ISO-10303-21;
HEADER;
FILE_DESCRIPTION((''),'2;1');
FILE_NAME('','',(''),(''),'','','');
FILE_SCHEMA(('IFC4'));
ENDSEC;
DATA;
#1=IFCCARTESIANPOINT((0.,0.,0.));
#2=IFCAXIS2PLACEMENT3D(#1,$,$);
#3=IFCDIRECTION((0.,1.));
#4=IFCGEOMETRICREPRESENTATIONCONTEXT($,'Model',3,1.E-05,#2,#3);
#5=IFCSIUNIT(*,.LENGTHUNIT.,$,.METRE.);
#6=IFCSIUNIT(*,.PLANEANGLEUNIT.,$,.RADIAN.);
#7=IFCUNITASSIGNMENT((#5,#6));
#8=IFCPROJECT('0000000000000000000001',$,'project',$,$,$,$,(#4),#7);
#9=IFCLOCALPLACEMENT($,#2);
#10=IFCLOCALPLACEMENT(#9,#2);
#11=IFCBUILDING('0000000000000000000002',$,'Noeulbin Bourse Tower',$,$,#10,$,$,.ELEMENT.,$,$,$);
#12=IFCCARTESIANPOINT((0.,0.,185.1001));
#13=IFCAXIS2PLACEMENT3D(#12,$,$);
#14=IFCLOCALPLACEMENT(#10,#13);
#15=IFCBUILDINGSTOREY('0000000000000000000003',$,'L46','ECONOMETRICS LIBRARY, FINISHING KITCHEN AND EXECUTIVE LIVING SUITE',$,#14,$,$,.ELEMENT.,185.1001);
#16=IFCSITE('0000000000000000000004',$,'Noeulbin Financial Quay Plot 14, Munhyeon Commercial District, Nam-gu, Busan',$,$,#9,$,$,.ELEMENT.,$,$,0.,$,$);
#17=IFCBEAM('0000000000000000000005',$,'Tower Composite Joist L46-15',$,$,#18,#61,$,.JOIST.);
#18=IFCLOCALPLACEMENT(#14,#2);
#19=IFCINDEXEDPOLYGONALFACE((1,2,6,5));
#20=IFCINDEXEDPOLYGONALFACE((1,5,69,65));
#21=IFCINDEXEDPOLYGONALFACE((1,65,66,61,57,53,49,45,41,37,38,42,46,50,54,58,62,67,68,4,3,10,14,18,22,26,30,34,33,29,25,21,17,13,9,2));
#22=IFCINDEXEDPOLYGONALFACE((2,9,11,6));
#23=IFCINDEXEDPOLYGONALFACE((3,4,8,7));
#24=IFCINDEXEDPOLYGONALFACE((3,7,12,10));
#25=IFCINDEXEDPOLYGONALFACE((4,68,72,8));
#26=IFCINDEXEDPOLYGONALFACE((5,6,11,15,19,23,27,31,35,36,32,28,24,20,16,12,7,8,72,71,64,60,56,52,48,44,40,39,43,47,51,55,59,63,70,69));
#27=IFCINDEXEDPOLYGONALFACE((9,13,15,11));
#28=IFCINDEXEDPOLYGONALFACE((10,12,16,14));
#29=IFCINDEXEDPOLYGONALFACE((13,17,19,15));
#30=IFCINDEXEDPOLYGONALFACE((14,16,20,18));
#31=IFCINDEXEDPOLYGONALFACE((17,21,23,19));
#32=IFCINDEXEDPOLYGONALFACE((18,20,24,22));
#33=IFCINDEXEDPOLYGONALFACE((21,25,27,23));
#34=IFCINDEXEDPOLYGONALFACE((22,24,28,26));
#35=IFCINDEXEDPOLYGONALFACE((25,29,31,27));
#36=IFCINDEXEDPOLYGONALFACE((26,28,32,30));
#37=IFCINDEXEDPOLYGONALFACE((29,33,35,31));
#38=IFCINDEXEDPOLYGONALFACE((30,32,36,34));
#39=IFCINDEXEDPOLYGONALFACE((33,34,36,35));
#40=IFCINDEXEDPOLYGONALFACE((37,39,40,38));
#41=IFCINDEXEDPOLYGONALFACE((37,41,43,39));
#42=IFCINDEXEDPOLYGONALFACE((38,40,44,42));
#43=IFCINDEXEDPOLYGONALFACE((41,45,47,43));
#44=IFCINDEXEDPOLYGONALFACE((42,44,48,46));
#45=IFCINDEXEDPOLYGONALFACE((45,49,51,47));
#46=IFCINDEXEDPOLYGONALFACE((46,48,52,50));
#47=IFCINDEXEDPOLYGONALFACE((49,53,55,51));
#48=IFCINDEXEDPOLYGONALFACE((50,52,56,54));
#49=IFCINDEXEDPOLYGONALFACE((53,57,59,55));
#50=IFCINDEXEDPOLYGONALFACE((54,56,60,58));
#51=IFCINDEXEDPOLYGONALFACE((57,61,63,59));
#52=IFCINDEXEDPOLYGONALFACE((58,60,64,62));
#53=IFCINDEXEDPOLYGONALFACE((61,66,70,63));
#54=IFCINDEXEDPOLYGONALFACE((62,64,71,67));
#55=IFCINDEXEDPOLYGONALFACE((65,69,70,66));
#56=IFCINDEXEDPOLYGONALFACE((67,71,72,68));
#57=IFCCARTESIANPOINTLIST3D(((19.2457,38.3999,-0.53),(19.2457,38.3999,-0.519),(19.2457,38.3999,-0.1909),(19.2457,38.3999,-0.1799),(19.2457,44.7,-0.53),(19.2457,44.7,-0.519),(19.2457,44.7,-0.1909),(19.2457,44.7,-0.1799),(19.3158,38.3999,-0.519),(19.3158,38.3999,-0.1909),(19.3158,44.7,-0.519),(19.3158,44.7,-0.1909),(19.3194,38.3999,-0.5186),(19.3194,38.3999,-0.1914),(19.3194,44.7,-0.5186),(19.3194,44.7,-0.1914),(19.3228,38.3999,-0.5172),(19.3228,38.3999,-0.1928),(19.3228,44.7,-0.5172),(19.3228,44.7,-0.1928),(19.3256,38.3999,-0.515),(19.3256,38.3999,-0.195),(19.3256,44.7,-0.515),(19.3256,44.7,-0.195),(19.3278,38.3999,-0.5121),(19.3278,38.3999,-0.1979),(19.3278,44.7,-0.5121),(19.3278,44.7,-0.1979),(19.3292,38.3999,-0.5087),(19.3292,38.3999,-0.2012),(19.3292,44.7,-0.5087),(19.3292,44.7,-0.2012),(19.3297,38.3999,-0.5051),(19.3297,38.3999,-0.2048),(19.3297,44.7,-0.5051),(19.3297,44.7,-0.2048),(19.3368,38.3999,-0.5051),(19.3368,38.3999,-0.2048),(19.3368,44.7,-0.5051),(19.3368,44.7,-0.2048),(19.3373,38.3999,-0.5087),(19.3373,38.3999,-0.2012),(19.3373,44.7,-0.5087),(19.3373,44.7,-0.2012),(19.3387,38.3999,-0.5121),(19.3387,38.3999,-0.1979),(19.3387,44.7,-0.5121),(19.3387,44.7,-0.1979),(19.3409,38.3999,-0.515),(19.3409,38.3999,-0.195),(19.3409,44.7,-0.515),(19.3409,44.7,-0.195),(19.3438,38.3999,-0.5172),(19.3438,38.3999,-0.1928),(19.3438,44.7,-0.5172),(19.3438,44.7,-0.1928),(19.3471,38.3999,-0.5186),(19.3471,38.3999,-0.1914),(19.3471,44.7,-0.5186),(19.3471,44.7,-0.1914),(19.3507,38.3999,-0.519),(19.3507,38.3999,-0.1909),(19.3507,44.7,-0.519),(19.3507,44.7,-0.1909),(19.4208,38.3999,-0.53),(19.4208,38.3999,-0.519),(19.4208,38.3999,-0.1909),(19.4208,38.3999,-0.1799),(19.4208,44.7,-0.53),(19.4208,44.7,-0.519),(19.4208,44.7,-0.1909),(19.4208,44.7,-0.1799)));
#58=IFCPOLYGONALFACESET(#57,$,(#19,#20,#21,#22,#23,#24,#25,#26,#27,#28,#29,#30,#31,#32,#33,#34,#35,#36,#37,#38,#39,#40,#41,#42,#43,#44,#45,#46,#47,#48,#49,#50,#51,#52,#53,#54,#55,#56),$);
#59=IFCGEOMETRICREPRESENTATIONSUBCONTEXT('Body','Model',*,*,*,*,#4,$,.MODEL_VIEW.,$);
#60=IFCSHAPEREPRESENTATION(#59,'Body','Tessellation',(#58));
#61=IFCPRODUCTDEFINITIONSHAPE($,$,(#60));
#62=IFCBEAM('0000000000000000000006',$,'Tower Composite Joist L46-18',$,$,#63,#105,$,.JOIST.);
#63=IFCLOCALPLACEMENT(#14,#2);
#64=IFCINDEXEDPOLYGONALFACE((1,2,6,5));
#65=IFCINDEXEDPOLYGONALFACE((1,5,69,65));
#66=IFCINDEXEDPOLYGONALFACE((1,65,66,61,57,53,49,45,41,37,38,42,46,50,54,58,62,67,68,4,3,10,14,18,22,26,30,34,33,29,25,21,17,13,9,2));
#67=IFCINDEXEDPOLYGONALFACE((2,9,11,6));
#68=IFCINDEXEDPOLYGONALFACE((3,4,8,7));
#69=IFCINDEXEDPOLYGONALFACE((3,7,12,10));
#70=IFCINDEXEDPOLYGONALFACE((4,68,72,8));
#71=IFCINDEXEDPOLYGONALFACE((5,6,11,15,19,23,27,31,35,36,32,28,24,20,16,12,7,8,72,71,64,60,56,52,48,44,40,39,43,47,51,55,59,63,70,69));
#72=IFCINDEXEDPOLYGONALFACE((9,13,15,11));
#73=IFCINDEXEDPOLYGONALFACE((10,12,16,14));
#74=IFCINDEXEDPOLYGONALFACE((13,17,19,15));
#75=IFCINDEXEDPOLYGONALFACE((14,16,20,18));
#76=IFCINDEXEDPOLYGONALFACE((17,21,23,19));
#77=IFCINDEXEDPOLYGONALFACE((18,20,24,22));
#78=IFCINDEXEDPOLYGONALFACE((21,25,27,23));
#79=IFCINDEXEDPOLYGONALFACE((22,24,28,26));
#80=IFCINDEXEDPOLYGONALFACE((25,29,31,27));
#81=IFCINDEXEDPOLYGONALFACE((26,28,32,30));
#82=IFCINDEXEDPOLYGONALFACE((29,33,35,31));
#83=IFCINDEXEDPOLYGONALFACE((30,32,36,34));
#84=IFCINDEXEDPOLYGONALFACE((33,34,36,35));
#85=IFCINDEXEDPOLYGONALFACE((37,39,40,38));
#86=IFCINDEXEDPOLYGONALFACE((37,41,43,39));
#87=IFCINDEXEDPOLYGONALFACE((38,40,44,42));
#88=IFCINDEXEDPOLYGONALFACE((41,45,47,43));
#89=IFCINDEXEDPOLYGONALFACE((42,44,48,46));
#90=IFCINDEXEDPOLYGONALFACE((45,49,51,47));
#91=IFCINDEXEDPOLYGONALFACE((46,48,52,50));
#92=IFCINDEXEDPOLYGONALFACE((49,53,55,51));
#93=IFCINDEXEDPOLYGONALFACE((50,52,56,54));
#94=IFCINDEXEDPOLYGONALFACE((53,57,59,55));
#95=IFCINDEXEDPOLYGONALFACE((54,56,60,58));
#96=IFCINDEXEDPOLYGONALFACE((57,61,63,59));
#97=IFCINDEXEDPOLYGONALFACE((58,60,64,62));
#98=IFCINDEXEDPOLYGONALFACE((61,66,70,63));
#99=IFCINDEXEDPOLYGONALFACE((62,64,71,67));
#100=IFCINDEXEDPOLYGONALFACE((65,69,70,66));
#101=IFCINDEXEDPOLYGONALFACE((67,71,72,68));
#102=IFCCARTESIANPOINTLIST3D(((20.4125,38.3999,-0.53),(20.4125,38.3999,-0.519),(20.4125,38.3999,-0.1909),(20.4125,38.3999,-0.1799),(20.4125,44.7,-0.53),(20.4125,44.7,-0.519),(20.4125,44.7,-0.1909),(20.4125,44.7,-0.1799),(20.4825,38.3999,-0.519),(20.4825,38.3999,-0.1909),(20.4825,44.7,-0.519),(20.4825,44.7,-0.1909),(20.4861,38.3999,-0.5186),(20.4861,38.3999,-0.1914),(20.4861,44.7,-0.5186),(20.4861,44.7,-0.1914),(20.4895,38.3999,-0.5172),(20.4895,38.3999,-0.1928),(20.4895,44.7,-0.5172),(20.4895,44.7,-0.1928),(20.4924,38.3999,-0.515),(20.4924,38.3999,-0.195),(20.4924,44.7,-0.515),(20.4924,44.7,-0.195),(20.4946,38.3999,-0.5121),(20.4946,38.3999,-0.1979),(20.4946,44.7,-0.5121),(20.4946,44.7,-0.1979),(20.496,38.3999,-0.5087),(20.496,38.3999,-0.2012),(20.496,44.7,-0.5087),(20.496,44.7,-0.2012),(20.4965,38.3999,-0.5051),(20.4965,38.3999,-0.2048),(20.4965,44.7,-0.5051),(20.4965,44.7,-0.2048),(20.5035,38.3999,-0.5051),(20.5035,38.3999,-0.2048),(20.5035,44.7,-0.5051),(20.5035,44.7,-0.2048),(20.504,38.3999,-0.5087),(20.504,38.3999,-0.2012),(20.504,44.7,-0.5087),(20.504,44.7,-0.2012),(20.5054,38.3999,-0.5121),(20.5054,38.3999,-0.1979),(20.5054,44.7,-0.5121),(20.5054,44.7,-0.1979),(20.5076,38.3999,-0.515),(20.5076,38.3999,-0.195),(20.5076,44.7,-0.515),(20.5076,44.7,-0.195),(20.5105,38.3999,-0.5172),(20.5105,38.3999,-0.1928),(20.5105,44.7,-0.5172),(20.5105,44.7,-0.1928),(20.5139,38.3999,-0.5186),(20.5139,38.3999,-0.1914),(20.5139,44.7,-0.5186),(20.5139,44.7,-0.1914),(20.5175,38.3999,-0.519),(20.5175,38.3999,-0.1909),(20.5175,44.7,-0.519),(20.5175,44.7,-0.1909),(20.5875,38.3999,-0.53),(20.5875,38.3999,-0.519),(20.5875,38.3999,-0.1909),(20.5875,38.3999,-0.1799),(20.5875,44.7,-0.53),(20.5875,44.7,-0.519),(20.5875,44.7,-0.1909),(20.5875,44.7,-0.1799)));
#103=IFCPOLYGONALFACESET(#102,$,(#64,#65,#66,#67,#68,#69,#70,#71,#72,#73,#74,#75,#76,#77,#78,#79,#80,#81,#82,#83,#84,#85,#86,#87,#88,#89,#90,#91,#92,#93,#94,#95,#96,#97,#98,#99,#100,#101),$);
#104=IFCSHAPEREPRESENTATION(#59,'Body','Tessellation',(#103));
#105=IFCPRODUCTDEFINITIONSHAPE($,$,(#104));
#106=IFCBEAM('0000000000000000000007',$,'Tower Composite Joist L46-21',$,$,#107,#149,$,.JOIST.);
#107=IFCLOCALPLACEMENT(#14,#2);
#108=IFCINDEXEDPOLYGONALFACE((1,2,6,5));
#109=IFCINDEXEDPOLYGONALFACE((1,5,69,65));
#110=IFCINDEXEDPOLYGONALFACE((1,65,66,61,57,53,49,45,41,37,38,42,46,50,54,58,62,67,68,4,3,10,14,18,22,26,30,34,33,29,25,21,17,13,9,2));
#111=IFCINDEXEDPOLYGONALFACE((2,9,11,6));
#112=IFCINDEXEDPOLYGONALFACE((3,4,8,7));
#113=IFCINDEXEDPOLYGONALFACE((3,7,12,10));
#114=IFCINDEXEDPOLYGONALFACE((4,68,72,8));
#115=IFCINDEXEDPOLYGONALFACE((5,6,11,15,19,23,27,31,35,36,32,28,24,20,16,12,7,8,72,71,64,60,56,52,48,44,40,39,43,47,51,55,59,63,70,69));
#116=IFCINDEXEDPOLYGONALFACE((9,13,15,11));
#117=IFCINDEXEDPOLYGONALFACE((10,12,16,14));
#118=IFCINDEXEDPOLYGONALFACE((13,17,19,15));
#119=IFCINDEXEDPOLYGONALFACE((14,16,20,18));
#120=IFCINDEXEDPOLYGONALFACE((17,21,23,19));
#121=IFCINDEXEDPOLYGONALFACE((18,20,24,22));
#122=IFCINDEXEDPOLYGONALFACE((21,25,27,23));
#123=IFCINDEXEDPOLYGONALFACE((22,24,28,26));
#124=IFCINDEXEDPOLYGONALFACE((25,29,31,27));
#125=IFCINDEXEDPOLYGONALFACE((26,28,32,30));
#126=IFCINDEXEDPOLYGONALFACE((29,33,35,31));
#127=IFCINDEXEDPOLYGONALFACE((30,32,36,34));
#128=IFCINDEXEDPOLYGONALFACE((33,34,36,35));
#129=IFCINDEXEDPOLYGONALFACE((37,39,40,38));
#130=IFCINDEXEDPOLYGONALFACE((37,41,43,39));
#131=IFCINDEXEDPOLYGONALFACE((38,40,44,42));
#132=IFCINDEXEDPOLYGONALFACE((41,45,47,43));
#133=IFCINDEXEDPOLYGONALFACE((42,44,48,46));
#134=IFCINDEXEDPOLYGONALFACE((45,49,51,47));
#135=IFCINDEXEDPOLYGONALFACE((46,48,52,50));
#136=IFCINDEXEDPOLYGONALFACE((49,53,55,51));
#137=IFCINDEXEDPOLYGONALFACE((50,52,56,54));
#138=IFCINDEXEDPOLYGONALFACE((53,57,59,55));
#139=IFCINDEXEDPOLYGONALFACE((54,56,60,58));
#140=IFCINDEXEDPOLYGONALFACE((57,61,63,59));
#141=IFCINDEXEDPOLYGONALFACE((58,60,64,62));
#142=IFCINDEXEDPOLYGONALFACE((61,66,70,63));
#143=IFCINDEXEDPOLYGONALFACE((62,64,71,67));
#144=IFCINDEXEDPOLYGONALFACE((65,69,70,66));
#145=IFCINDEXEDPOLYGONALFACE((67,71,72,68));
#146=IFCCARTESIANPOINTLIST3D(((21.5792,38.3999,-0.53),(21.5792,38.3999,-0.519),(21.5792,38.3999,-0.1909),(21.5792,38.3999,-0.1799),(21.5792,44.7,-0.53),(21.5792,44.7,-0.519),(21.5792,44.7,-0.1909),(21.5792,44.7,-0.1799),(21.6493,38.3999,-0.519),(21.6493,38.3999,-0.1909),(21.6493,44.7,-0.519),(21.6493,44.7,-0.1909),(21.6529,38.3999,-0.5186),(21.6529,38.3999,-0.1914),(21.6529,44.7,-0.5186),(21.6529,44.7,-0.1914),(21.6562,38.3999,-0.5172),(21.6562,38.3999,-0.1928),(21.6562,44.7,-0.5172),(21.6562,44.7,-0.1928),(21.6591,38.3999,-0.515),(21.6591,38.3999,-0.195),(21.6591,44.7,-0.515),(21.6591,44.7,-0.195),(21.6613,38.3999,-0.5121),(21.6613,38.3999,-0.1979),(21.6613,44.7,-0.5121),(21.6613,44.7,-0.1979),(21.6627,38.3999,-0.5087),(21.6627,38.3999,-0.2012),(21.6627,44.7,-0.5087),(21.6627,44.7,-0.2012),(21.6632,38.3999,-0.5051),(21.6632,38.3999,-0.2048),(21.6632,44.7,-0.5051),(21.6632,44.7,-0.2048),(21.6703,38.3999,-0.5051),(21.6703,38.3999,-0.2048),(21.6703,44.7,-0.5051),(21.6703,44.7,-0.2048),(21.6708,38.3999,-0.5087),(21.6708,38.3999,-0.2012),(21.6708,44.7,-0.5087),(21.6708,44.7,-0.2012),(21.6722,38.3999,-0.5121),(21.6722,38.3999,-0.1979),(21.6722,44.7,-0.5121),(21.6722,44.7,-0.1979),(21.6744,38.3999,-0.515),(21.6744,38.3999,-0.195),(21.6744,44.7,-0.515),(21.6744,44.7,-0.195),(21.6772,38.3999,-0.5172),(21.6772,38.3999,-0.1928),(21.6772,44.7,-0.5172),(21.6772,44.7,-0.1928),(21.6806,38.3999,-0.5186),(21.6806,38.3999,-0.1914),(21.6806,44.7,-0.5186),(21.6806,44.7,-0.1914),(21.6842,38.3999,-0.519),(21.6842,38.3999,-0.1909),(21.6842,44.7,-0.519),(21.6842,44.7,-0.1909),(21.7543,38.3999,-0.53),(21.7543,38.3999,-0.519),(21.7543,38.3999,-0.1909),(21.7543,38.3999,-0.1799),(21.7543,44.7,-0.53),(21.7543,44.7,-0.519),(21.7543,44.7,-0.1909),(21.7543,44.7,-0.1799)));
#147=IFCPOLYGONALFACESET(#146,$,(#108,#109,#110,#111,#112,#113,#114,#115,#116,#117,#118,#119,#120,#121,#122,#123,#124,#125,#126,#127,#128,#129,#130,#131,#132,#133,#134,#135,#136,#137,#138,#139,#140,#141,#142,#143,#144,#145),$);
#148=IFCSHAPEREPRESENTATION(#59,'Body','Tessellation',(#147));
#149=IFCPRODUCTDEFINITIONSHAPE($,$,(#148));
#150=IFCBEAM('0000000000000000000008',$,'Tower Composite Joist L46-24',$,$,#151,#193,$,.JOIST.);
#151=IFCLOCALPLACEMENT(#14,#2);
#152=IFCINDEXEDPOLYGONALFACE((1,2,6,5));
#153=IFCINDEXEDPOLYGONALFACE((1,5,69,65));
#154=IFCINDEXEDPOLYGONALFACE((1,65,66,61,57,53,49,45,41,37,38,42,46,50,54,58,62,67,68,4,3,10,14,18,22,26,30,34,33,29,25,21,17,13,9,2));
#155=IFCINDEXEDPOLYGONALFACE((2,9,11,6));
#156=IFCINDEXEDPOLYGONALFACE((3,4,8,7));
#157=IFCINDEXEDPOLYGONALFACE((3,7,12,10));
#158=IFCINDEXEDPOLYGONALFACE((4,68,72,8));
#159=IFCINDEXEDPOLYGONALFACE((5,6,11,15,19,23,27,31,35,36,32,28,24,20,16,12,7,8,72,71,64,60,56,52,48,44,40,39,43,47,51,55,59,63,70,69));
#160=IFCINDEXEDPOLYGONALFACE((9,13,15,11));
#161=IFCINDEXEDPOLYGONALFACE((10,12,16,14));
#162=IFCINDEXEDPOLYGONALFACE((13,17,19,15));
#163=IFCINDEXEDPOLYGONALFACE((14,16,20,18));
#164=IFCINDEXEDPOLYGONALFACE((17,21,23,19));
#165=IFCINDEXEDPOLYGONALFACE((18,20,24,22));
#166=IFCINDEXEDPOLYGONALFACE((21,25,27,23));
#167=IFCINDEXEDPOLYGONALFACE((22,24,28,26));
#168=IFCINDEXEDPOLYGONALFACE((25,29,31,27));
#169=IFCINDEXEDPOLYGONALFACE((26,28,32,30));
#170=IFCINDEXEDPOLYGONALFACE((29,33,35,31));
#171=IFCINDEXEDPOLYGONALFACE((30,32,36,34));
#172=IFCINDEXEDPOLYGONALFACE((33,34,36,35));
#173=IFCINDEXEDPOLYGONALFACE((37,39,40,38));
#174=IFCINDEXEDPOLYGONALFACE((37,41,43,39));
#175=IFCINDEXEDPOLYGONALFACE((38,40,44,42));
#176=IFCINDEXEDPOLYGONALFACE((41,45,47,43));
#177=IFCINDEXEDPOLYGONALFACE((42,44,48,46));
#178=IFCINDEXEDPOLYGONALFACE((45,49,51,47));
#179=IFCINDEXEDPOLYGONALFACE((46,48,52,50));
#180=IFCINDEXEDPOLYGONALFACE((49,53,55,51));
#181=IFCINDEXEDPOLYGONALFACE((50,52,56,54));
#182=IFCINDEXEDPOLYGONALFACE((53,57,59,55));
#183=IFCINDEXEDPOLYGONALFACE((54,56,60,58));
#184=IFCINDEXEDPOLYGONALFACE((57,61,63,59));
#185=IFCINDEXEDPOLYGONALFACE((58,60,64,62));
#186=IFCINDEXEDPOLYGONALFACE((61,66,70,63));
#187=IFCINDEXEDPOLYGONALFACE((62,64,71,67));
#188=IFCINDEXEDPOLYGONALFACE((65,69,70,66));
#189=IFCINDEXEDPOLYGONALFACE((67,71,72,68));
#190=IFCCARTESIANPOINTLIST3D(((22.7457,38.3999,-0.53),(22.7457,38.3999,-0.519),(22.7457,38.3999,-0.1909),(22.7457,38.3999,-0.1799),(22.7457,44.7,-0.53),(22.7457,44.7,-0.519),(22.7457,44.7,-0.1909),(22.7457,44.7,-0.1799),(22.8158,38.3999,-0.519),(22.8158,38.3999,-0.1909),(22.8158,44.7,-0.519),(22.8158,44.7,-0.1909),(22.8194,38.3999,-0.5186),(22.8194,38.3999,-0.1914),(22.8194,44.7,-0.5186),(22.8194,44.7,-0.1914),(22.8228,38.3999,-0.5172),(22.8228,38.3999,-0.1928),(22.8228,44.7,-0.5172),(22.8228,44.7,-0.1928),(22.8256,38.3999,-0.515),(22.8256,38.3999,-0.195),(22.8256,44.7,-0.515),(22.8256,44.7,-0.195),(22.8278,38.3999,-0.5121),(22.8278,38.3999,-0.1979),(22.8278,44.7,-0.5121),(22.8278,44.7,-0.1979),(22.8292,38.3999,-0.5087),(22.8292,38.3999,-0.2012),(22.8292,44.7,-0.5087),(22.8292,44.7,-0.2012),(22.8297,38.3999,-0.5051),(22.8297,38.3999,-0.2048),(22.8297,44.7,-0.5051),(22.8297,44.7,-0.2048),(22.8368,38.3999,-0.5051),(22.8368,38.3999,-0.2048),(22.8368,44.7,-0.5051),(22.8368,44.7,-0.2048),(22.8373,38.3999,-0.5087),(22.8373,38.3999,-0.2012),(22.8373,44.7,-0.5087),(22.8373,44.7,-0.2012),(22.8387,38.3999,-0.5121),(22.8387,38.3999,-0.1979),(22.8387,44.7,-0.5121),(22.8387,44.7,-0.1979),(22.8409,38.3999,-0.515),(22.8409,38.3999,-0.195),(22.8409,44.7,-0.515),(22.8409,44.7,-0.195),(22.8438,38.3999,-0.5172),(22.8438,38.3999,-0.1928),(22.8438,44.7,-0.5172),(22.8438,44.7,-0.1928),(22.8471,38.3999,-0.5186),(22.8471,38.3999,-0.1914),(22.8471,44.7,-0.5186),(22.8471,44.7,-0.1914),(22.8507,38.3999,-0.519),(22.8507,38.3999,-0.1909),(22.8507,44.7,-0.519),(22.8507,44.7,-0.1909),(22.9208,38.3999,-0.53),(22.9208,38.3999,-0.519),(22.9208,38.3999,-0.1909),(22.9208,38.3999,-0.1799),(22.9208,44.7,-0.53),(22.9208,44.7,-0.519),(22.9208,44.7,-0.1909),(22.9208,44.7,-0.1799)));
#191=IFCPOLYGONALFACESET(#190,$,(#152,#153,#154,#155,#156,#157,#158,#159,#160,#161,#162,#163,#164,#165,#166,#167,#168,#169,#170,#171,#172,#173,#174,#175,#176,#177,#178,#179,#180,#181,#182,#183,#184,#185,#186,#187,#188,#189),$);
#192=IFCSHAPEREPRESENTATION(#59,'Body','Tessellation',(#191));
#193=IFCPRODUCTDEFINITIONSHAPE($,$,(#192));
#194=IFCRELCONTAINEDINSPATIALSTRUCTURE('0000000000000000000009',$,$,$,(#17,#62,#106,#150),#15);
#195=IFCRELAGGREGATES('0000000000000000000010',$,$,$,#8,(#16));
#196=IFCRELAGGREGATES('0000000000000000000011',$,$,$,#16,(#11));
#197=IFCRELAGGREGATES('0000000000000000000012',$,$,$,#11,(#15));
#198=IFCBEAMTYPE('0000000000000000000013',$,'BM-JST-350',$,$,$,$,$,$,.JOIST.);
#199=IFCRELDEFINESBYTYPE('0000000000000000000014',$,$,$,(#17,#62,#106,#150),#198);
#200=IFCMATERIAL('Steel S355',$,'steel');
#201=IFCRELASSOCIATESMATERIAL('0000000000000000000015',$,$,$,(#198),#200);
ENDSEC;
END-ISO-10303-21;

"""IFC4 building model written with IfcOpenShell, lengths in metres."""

from ifc_helpers import new_model, si_unit, direction, frame, origin, origin_2d, place, context, subcontext, project, spatial, i_section, extrude, material, material_profile, profile_set, type_object, element, save


model = new_model("IFC4")

# Units and contexts
model_context = context("Model", 3, precision=1e-05, world=origin(), true_north=direction((0.0, 1.0)))
body_context = subcontext(model_context, "Body", "Model", "MODEL_VIEW")
ifc_project = project(units=[si_unit("LENGTHUNIT", "METRE"), si_unit("PLANEANGLEUNIT", "RADIAN")], contexts=[model_context])

# Site, building, storey
site_placement = place(None, origin())
site = spatial("IfcSite", under=ifc_project, at=site_placement, Name="Noeulbin Financial Quay Plot 14, Munhyeon Commercial District, Nam-gu, Busan", CompositionType="ELEMENT", RefElevation=0.0)
building_placement = place(site_placement, origin())
building = spatial("IfcBuilding", under=site, at=building_placement, Name="Noeulbin Bourse Tower", CompositionType="ELEMENT")
storey_placement = place(building_placement, frame((0.0, 0.0, 185.1001)))
storey = spatial("IfcBuildingStorey", under=building, at=storey_placement, Name="L46", Description="ECONOMETRICS LIBRARY, FINISHING KITCHEN AND EXECUTIVE LIVING SUITE", CompositionType="ELEMENT", Elevation=185.1001)

# Shared definitions
ifc_material_1 = material(Name="Steel S355", Category="steel")

# Beams
ifc_material_profile_1 = material_profile(ifc_material_1, i_section(OverallWidth=0.175, OverallDepth=0.3501, WebThickness=0.0071, FlangeThickness=0.011, FilletRadius=0.0139, at=origin_2d()), Name="H-350x175x7x11", Category="LoadBearing")
ifc_profile_set_1 = profile_set([ifc_material_profile_1], Name="Steel S355")
beam_type_1 = type_object("IfcBeamType", Name="BM-JST-350", PredefinedType="JOIST", material=ifc_profile_set_1)
for number, where, z_axis, x_axis, name in (
    (1, (19.3333, 38.3999, -0.355), (0.0, 1.0, 0.0), (-1.0, 0.0, 0.0), "Tower Composite Joist L46-15"),
    (2, (20.5, 38.3999, -0.355), (0.0, 1.0, 0.0), (-1.0, 0.0, 0.0), "Tower Composite Joist L46-18"),
    (3, (21.6667, 38.3999, -0.355), (0.0, 1.0, 0.0), (-1.0, 0.0, 0.0), "Tower Composite Joist L46-21"),
    (4, (22.8333, 38.3999, -0.355), (0.0, 1.0, 0.0), (-1.0, 0.0, 0.0), "Tower Composite Joist L46-24"),
):
    element("IfcBeam", number, at=place(storey_placement, frame(where, z_axis=z_axis, x_axis=x_axis)), inside=storey, type_object=beam_type_1, Name=name, PredefinedType="JOIST", context=body_context, shape_type="SweptSolid", body=[
        extrude(i_section(OverallWidth=0.175, OverallDepth=0.3501, WebThickness=0.0071, FlangeThickness=0.011, FilletRadius=0.0139, at=origin_2d()), origin(), (0.0, 0.0, 1.0), 6.3),
    ])

save(model, "model.ifc")
